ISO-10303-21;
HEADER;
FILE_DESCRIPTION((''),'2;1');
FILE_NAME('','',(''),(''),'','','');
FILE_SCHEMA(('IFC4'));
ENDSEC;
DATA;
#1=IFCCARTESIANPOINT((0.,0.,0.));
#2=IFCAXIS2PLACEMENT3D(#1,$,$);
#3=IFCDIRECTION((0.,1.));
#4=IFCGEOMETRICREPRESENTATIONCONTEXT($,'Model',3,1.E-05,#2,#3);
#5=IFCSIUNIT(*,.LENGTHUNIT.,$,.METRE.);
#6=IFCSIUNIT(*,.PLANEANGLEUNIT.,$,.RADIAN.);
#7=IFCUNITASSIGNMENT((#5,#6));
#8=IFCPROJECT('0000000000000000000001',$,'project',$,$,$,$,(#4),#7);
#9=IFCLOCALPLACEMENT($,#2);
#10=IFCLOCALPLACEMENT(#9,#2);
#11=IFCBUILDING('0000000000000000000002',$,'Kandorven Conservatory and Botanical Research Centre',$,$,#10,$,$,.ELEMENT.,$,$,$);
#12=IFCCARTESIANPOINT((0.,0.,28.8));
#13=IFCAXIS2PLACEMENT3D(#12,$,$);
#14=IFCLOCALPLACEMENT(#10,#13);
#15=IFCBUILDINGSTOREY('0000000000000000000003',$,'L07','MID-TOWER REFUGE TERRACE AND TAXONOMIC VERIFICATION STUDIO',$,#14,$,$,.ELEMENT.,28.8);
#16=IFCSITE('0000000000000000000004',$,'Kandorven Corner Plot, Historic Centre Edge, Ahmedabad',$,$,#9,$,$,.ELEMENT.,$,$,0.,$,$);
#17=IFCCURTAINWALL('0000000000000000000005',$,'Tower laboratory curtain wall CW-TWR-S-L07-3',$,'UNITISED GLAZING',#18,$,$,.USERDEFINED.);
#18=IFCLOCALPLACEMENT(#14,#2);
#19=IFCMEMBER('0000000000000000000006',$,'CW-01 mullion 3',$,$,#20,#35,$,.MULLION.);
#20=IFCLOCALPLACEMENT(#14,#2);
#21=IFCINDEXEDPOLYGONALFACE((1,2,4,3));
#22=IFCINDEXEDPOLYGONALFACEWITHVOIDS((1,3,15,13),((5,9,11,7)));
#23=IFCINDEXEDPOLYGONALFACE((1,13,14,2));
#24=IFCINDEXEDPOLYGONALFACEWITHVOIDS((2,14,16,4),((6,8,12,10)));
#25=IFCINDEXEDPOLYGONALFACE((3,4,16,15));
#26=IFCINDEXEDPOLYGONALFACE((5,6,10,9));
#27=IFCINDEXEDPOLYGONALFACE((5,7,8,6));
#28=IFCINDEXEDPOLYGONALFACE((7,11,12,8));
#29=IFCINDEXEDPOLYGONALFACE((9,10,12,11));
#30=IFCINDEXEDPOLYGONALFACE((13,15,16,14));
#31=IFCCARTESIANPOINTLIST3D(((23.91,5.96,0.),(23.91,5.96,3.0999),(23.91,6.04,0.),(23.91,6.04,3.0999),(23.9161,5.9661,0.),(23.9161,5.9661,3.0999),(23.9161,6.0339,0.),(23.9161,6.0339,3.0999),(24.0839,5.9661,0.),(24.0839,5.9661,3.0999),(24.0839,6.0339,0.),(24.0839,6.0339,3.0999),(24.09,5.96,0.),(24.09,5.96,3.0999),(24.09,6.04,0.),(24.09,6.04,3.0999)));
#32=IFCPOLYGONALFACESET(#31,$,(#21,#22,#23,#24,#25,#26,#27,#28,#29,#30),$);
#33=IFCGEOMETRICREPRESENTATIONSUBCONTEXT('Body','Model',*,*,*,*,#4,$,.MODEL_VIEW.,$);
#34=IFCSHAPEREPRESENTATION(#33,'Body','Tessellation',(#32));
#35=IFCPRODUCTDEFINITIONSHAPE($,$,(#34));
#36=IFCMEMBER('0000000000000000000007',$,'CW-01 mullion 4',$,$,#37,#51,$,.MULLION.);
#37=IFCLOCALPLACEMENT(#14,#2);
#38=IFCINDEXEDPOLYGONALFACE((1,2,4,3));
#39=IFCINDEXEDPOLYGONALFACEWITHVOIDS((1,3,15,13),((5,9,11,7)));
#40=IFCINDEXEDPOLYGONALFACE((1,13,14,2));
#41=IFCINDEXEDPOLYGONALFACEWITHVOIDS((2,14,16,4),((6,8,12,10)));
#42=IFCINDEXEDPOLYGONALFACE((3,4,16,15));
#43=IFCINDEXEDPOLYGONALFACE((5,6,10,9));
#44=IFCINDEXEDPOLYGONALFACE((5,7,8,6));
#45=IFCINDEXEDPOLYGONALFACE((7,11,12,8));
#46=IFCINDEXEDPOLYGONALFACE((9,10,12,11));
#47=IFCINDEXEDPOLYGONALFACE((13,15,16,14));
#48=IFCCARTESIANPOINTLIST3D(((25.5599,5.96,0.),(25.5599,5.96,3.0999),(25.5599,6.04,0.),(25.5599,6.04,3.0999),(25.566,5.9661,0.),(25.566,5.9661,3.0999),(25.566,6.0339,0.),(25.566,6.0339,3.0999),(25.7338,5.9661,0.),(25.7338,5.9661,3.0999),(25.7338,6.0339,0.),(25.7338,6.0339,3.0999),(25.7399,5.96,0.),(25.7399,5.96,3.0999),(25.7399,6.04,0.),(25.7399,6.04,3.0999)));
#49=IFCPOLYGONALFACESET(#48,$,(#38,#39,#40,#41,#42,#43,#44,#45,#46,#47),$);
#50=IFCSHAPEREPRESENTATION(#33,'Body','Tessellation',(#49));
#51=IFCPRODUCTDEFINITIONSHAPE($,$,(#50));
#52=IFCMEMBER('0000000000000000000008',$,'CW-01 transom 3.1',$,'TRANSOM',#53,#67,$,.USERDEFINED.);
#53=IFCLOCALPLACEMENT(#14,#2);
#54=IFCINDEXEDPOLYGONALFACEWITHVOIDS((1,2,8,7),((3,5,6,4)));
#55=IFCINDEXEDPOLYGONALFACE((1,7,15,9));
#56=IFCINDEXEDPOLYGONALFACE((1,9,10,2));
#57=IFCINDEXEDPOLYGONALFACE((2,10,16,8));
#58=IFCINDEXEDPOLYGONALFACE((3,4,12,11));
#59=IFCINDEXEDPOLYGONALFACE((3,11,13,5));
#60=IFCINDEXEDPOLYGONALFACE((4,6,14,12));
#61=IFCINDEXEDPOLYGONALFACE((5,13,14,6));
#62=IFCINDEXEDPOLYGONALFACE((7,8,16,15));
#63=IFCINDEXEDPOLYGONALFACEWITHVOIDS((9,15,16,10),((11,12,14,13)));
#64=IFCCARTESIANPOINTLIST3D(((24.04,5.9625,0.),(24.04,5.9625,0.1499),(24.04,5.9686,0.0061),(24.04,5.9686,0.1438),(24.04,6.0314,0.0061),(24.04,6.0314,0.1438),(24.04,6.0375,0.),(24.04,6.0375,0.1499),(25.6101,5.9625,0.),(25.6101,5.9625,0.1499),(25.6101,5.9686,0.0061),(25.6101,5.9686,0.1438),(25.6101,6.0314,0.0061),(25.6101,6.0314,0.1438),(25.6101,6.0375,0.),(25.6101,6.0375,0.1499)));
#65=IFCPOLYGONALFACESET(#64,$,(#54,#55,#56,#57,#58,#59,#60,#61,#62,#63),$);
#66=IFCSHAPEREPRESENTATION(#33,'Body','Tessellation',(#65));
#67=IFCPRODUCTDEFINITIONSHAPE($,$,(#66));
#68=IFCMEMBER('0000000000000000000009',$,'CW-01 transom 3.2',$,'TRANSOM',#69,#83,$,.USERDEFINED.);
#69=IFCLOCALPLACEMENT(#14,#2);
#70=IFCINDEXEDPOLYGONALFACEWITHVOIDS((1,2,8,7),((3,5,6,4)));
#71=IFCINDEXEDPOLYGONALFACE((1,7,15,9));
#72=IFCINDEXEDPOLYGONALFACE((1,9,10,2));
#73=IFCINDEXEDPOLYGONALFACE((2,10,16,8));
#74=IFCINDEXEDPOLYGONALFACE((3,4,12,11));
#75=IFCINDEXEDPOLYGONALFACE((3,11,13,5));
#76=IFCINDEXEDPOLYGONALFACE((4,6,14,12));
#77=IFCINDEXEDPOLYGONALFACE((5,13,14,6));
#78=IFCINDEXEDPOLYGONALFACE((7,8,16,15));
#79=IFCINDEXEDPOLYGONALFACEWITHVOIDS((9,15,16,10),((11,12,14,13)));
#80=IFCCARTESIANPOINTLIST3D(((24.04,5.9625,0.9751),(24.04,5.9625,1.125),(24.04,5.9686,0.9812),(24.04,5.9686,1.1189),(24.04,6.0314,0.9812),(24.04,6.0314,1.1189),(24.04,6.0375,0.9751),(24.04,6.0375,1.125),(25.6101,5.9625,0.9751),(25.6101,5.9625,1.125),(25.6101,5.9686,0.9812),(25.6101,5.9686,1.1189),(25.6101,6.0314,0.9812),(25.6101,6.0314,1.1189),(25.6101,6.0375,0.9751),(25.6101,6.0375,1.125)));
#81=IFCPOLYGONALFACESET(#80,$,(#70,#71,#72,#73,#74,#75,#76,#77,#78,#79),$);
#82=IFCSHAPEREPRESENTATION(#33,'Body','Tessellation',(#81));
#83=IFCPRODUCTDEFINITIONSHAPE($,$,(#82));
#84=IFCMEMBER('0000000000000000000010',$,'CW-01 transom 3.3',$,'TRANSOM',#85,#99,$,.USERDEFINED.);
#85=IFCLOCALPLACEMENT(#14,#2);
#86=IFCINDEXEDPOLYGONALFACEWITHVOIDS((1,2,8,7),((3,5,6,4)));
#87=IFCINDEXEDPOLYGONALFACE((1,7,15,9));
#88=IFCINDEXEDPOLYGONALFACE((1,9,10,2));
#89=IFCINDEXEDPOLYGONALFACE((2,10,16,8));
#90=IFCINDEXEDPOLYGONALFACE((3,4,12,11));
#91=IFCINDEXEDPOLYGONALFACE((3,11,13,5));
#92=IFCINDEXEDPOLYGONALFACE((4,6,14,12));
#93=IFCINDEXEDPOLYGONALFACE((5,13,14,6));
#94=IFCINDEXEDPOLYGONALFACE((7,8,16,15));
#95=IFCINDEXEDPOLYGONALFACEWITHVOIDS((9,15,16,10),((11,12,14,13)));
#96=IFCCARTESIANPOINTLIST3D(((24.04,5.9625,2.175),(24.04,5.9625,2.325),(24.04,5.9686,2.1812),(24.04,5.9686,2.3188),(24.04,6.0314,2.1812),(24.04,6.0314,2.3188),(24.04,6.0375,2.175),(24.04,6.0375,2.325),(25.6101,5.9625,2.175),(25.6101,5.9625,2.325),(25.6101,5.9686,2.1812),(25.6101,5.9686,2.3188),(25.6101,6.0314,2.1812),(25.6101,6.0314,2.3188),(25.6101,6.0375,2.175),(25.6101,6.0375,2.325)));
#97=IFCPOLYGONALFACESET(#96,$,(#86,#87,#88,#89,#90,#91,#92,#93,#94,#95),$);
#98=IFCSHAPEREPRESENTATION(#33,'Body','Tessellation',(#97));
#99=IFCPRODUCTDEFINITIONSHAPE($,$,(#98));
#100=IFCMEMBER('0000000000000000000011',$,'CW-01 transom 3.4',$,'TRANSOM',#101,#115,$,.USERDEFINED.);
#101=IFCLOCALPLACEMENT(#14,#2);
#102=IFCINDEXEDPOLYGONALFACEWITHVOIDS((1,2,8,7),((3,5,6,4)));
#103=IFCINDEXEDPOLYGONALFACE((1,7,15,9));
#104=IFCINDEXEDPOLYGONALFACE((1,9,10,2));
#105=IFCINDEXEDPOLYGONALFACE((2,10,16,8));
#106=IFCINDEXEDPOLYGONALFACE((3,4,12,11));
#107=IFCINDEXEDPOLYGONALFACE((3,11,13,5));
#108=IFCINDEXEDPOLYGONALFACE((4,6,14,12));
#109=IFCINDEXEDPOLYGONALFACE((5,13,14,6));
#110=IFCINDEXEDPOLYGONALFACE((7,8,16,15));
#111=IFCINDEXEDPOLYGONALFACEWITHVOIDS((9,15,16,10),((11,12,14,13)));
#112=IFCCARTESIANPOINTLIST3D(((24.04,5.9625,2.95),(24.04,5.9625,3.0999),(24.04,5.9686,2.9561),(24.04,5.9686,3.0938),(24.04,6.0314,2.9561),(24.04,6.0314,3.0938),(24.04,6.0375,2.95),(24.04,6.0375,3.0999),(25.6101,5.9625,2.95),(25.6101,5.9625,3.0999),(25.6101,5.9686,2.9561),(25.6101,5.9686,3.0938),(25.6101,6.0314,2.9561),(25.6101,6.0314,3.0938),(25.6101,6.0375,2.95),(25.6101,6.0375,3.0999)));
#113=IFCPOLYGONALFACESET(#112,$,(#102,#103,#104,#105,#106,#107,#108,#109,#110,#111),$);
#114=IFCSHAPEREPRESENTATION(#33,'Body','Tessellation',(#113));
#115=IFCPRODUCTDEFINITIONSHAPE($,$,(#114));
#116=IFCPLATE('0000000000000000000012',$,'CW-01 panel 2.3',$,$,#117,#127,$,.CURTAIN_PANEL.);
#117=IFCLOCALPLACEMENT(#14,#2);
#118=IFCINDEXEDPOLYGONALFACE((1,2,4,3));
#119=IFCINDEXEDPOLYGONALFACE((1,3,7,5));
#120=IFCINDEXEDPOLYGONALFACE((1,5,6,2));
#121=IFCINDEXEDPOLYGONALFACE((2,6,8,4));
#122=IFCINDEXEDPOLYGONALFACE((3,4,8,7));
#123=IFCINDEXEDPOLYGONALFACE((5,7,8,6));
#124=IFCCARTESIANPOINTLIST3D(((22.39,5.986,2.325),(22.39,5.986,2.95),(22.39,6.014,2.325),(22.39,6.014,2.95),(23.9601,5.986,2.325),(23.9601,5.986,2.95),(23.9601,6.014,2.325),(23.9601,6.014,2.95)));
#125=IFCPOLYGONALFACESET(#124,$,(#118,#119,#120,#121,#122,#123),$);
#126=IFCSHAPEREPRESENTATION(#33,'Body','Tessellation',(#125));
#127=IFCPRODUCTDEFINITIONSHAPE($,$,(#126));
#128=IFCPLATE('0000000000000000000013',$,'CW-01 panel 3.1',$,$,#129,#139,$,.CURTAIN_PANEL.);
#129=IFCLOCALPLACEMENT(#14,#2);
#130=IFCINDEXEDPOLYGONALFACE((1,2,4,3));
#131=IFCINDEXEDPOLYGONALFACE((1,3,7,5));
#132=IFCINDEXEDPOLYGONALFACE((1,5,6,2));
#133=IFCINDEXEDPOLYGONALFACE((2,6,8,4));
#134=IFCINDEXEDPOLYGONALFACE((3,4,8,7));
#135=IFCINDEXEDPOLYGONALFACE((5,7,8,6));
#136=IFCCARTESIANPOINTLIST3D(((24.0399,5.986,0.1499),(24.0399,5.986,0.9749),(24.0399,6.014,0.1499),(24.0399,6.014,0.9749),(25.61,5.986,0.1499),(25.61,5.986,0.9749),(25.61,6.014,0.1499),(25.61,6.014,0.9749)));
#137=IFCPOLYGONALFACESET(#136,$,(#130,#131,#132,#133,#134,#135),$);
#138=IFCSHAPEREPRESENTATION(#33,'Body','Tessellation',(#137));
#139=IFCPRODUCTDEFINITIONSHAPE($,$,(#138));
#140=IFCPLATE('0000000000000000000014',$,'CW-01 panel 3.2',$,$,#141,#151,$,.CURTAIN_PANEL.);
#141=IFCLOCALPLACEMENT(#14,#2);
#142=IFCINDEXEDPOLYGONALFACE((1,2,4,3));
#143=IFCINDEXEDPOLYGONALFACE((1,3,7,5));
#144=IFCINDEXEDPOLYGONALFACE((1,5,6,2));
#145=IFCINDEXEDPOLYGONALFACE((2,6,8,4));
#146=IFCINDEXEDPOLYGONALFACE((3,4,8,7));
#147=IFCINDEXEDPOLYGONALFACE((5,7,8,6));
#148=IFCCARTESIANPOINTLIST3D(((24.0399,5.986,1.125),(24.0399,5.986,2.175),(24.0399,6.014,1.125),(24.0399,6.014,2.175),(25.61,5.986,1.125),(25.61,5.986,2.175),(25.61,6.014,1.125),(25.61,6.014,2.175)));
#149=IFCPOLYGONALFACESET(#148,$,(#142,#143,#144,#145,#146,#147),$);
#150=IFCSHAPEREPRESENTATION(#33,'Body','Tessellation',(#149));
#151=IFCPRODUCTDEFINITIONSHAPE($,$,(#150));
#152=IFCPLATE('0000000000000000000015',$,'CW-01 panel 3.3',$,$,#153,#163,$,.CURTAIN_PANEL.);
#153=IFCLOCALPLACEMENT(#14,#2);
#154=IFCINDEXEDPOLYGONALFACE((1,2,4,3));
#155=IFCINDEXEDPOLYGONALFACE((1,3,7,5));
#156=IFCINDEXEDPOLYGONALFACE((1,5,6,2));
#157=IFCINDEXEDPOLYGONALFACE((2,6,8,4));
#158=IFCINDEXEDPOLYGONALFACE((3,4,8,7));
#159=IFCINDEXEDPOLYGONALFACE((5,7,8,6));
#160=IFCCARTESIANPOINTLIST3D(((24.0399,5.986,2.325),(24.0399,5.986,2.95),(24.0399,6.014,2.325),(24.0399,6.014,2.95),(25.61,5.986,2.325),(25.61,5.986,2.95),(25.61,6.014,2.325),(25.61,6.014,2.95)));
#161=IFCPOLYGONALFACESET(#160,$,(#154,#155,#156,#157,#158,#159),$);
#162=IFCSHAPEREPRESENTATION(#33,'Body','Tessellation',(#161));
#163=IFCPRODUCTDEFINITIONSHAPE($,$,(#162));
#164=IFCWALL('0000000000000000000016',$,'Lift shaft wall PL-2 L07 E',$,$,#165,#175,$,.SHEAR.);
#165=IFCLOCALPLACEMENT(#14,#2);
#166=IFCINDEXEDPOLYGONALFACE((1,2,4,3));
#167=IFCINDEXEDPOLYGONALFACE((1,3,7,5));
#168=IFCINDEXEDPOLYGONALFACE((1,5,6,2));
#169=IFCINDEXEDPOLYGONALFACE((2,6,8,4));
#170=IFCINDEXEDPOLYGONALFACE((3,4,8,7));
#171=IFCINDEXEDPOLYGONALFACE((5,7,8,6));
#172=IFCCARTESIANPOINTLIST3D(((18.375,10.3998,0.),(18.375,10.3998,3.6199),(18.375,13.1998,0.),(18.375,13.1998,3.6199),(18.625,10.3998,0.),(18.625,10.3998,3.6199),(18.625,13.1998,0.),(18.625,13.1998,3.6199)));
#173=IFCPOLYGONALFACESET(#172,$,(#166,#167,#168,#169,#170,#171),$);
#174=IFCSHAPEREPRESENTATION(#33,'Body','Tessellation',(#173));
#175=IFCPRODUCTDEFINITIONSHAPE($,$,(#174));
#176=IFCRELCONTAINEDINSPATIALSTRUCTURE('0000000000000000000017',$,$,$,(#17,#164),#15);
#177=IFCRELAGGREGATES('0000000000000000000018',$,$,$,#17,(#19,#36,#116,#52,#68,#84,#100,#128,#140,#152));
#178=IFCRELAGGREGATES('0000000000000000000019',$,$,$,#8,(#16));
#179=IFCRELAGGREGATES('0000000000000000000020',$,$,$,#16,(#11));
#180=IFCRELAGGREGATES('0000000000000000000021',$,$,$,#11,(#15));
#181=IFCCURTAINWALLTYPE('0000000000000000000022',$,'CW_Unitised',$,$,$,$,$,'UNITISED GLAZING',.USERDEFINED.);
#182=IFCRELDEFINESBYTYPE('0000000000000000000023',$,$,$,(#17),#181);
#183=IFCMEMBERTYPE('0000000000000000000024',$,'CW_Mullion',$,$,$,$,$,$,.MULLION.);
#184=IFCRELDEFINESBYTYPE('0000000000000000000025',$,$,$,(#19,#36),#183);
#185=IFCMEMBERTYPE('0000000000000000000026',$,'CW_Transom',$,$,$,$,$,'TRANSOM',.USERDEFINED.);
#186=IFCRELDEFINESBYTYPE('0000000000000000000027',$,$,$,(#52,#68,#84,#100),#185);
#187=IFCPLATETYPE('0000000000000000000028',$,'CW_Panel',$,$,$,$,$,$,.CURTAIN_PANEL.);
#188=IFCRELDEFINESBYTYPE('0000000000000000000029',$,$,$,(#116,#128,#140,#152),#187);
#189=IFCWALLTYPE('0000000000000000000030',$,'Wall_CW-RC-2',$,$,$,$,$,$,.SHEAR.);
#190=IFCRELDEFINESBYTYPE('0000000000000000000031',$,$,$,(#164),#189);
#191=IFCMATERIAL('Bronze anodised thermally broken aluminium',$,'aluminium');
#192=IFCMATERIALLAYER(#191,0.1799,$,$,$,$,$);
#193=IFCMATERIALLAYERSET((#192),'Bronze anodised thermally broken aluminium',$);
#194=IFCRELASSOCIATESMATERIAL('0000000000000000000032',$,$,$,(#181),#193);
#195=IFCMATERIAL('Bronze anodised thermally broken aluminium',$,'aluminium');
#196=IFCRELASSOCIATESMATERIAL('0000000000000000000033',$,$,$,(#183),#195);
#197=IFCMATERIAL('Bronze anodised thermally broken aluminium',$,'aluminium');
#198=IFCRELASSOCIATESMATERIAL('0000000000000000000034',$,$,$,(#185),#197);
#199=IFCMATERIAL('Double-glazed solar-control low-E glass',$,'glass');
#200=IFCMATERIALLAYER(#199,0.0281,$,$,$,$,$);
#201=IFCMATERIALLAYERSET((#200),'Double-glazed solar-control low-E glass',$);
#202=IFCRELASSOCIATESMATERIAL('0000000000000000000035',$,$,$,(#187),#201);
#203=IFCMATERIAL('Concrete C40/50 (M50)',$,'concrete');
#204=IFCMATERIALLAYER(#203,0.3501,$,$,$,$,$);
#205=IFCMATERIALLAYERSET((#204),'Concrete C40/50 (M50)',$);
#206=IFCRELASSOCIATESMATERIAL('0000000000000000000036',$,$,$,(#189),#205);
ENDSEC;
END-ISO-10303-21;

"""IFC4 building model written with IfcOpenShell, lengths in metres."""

from ifc_helpers import new_model, si_unit, direction, frame, frame_2d, origin, origin_2d, place, context, subcontext, project, spatial, rectangle, hollow_rectangle, extrude, material, layer, layer_set, material_profile, profile_set, type_object, element, aggregate, save


model = new_model("IFC4")

# Units and contexts
model_context = context("Model", 3, precision=1e-05, world=origin(), true_north=direction((0.0, 1.0)))
body_context = subcontext(model_context, "Body", "Model", "MODEL_VIEW")
ifc_project = project(units=[si_unit("LENGTHUNIT", "METRE"), si_unit("PLANEANGLEUNIT", "RADIAN")], contexts=[model_context])

# Site, building, storey
site_placement = place(None, origin())
site = spatial("IfcSite", under=ifc_project, at=site_placement, Name="Kandorven Corner Plot, Historic Centre Edge, Ahmedabad", CompositionType="ELEMENT", RefElevation=0.0)
building_placement = place(site_placement, origin())
building = spatial("IfcBuilding", under=site, at=building_placement, Name="Kandorven Conservatory and Botanical Research Centre", CompositionType="ELEMENT")
storey_placement = place(building_placement, frame((0.0, 0.0, 28.8)))
storey = spatial("IfcBuildingStorey", under=building, at=storey_placement, Name="L07", Description="MID-TOWER REFUGE TERRACE AND TAXONOMIC VERIFICATION STUDIO", CompositionType="ELEMENT", Elevation=28.8)

# Curtain wall, members, plates
ifc_material_1 = material(Name="Bronze anodised thermally broken aluminium", Category="aluminium")
ifc_layer_1 = layer(ifc_material_1, 0.1799)
ifc_layer_set_1 = layer_set([ifc_layer_1], Name="Bronze anodised thermally broken aluminium")
curtain_wall_type = type_object("IfcCurtainWallType", Name="CW_Unitised", ElementType="UNITISED GLAZING", PredefinedType="USERDEFINED", material=ifc_layer_set_1)
curtain_wall_placement = place(storey_placement, origin())
curtain_wall = element("IfcCurtainWall", 1, at=curtain_wall_placement, inside=storey, type_object=curtain_wall_type, Name="Tower laboratory curtain wall CW-TWR-S-L07-3", ObjectType="UNITISED GLAZING", PredefinedType="USERDEFINED")
ifc_material_2 = material(Name="Bronze anodised thermally broken aluminium", Category="aluminium")
ifc_material_profile_1 = material_profile(ifc_material_2, hollow_rectangle(XDim=0.0801, YDim=0.1799, WallThickness=0.0061, at=origin_2d()))
ifc_profile_set_1 = profile_set([ifc_material_profile_1], Name="Bronze anodised thermally broken aluminium")
member_type_1 = type_object("IfcMemberType", Name="CW_Mullion", PredefinedType="MULLION", material=ifc_profile_set_1)
member_1_placement = place(storey_placement, frame((24.0, 6.0, 0.0), z_axis=(0.0, 0.0, 1.0), x_axis=(0.0, 1.0, 0.0)))
member_1 = element("IfcMember", 2, at=member_1_placement, type_object=member_type_1, Name="CW-01 mullion 3", PredefinedType="MULLION", context=body_context, shape_type="SweptSolid", body=[
    extrude(hollow_rectangle(XDim=0.0801, YDim=0.1799, WallThickness=0.0061, at=origin_2d()), origin(), (0.0, 0.0, 1.0), 3.0999),
])
member_2_placement = place(storey_placement, frame((25.6499, 6.0, 0.0), z_axis=(0.0, 0.0, 1.0), x_axis=(0.0, 1.0, 0.0)))
member_2 = element("IfcMember", 3, at=member_2_placement, type_object=member_type_1, Name="CW-01 mullion 4", PredefinedType="MULLION", context=body_context, shape_type="SweptSolid", body=[
    extrude(hollow_rectangle(XDim=0.0801, YDim=0.1799, WallThickness=0.0061, at=origin_2d()), origin(), (0.0, 0.0, 1.0), 3.0999),
])
ifc_material_3 = material(Name="Bronze anodised thermally broken aluminium", Category="aluminium")
ifc_material_profile_2 = material_profile(ifc_material_3, hollow_rectangle(XDim=0.075, YDim=0.1499, WallThickness=0.0061, at=origin_2d()))
ifc_profile_set_2 = profile_set([ifc_material_profile_2], Name="Bronze anodised thermally broken aluminium")
member_type_2 = type_object("IfcMemberType", Name="CW_Transom", ElementType="TRANSOM", PredefinedType="USERDEFINED", material=ifc_profile_set_2)
member_3_placement = place(storey_placement, frame((24.04, 6.0, 0.075), z_axis=(1.0, 0.0, 0.0), x_axis=(0.0, 1.0, 0.0)))
member_3 = element("IfcMember", 4, at=member_3_placement, type_object=member_type_2, Name="CW-01 transom 3.1", ObjectType="TRANSOM", PredefinedType="USERDEFINED", context=body_context, shape_type="SweptSolid", body=[
    extrude(hollow_rectangle(XDim=0.075, YDim=0.1499, WallThickness=0.0061, at=origin_2d()), origin(), (0.0, 0.0, 1.0), 1.5701),
])
member_4_placement = place(storey_placement, frame((24.04, 6.0, 1.05), z_axis=(1.0, 0.0, 0.0), x_axis=(0.0, 1.0, 0.0)))
member_4 = element("IfcMember", 5, at=member_4_placement, type_object=member_type_2, Name="CW-01 transom 3.2", ObjectType="TRANSOM", PredefinedType="USERDEFINED", context=body_context, shape_type="SweptSolid", body=[
    extrude(hollow_rectangle(XDim=0.075, YDim=0.1499, WallThickness=0.0061, at=origin_2d()), origin(), (0.0, 0.0, 1.0), 1.5701),
])
member_5_placement = place(storey_placement, frame((24.04, 6.0, 2.25), z_axis=(1.0, 0.0, 0.0), x_axis=(0.0, 1.0, 0.0)))
member_5 = element("IfcMember", 6, at=member_5_placement, type_object=member_type_2, Name="CW-01 transom 3.3", ObjectType="TRANSOM", PredefinedType="USERDEFINED", context=body_context, shape_type="SweptSolid", body=[
    extrude(hollow_rectangle(XDim=0.075, YDim=0.1499, WallThickness=0.0061, at=origin_2d()), origin(), (0.0, 0.0, 1.0), 1.5701),
])
member_6_placement = place(storey_placement, frame((24.04, 6.0, 3.0249), z_axis=(1.0, 0.0, 0.0), x_axis=(0.0, 1.0, 0.0)))
member_6 = element("IfcMember", 7, at=member_6_placement, type_object=member_type_2, Name="CW-01 transom 3.4", ObjectType="TRANSOM", PredefinedType="USERDEFINED", context=body_context, shape_type="SweptSolid", body=[
    extrude(hollow_rectangle(XDim=0.075, YDim=0.1499, WallThickness=0.0061, at=origin_2d()), origin(), (0.0, 0.0, 1.0), 1.5701),
])
ifc_material_4 = material(Name="Double-glazed solar-control low-E glass", Category="glass")
ifc_layer_2 = layer(ifc_material_4, 0.0281)
ifc_layer_set_2 = layer_set([ifc_layer_2], Name="Double-glazed solar-control low-E glass")
plate_type = type_object("IfcPlateType", Name="CW_Panel", PredefinedType="CURTAIN_PANEL", material=ifc_layer_set_2)
plate_1_placement = place(storey_placement, frame((23.175, 6.0, 2.325), z_axis=(0.0, 0.0, 1.0), x_axis=(1.0, 0.0, 0.0)))
plate_1 = element("IfcPlate", 8, at=plate_1_placement, type_object=plate_type, Name="CW-01 panel 2.3", PredefinedType="CURTAIN_PANEL", context=body_context, shape_type="SweptSolid", body=[
    extrude(rectangle(XDim=1.5701, YDim=0.0281, at=origin_2d()), origin(), (0.0, 0.0, 1.0), 0.625),
])
plate_2_placement = place(storey_placement, frame((24.825, 6.0, 0.1499), z_axis=(0.0, 0.0, 1.0), x_axis=(1.0, 0.0, 0.0)))
plate_2 = element("IfcPlate", 9, at=plate_2_placement, type_object=plate_type, Name="CW-01 panel 3.1", PredefinedType="CURTAIN_PANEL", context=body_context, shape_type="SweptSolid", body=[
    extrude(rectangle(XDim=1.5701, YDim=0.0281, at=origin_2d()), origin(), (0.0, 0.0, 1.0), 0.825),
])
plate_3_placement = place(storey_placement, frame((24.825, 6.0, 1.125), z_axis=(0.0, 0.0, 1.0), x_axis=(1.0, 0.0, 0.0)))
plate_3 = element("IfcPlate", 10, at=plate_3_placement, type_object=plate_type, Name="CW-01 panel 3.2", PredefinedType="CURTAIN_PANEL", context=body_context, shape_type="SweptSolid", body=[
    extrude(rectangle(XDim=1.5701, YDim=0.0281, at=origin_2d()), origin(), (0.0, 0.0, 1.0), 1.05),
])
plate_4_placement = place(storey_placement, frame((24.825, 6.0, 2.325), z_axis=(0.0, 0.0, 1.0), x_axis=(1.0, 0.0, 0.0)))
plate_4 = element("IfcPlate", 11, at=plate_4_placement, type_object=plate_type, Name="CW-01 panel 3.3", PredefinedType="CURTAIN_PANEL", context=body_context, shape_type="SweptSolid", body=[
    extrude(rectangle(XDim=1.5701, YDim=0.0281, at=origin_2d()), origin(), (0.0, 0.0, 1.0), 0.625),
])
aggregate(curtain_wall, [member_1, member_2, plate_1, member_3, member_4, member_5, member_6, plate_2, plate_3, plate_4])

# Wall
ifc_material_5 = material(Name="Concrete C40/50 (M50)", Category="concrete")
ifc_layer_3 = layer(ifc_material_5, 0.3501)
ifc_layer_set_3 = layer_set([ifc_layer_3], Name="Concrete C40/50 (M50)")
wall_type = type_object("IfcWallType", Name="Wall_CW-RC-2", PredefinedType="SHEAR", material=ifc_layer_set_3)
wall_1_placement = place(storey_placement, frame((18.5, 10.3999, 0.0), z_axis=(0.0, 0.0, 1.0), x_axis=(0.0, 1.0, 0.0)))
element("IfcWall", 12, at=wall_1_placement, inside=storey, type_object=wall_type, Name="Lift shaft wall PL-2 L07 E", PredefinedType="SHEAR", context=body_context, shape_type="SweptSolid", body=[
    extrude(rectangle(XDim=2.8, YDim=0.25, at=frame_2d((1.3999, 0.0))), origin(), (0.0, 0.0, 1.0), 3.6199),
])

save(model, "model.ifc")
